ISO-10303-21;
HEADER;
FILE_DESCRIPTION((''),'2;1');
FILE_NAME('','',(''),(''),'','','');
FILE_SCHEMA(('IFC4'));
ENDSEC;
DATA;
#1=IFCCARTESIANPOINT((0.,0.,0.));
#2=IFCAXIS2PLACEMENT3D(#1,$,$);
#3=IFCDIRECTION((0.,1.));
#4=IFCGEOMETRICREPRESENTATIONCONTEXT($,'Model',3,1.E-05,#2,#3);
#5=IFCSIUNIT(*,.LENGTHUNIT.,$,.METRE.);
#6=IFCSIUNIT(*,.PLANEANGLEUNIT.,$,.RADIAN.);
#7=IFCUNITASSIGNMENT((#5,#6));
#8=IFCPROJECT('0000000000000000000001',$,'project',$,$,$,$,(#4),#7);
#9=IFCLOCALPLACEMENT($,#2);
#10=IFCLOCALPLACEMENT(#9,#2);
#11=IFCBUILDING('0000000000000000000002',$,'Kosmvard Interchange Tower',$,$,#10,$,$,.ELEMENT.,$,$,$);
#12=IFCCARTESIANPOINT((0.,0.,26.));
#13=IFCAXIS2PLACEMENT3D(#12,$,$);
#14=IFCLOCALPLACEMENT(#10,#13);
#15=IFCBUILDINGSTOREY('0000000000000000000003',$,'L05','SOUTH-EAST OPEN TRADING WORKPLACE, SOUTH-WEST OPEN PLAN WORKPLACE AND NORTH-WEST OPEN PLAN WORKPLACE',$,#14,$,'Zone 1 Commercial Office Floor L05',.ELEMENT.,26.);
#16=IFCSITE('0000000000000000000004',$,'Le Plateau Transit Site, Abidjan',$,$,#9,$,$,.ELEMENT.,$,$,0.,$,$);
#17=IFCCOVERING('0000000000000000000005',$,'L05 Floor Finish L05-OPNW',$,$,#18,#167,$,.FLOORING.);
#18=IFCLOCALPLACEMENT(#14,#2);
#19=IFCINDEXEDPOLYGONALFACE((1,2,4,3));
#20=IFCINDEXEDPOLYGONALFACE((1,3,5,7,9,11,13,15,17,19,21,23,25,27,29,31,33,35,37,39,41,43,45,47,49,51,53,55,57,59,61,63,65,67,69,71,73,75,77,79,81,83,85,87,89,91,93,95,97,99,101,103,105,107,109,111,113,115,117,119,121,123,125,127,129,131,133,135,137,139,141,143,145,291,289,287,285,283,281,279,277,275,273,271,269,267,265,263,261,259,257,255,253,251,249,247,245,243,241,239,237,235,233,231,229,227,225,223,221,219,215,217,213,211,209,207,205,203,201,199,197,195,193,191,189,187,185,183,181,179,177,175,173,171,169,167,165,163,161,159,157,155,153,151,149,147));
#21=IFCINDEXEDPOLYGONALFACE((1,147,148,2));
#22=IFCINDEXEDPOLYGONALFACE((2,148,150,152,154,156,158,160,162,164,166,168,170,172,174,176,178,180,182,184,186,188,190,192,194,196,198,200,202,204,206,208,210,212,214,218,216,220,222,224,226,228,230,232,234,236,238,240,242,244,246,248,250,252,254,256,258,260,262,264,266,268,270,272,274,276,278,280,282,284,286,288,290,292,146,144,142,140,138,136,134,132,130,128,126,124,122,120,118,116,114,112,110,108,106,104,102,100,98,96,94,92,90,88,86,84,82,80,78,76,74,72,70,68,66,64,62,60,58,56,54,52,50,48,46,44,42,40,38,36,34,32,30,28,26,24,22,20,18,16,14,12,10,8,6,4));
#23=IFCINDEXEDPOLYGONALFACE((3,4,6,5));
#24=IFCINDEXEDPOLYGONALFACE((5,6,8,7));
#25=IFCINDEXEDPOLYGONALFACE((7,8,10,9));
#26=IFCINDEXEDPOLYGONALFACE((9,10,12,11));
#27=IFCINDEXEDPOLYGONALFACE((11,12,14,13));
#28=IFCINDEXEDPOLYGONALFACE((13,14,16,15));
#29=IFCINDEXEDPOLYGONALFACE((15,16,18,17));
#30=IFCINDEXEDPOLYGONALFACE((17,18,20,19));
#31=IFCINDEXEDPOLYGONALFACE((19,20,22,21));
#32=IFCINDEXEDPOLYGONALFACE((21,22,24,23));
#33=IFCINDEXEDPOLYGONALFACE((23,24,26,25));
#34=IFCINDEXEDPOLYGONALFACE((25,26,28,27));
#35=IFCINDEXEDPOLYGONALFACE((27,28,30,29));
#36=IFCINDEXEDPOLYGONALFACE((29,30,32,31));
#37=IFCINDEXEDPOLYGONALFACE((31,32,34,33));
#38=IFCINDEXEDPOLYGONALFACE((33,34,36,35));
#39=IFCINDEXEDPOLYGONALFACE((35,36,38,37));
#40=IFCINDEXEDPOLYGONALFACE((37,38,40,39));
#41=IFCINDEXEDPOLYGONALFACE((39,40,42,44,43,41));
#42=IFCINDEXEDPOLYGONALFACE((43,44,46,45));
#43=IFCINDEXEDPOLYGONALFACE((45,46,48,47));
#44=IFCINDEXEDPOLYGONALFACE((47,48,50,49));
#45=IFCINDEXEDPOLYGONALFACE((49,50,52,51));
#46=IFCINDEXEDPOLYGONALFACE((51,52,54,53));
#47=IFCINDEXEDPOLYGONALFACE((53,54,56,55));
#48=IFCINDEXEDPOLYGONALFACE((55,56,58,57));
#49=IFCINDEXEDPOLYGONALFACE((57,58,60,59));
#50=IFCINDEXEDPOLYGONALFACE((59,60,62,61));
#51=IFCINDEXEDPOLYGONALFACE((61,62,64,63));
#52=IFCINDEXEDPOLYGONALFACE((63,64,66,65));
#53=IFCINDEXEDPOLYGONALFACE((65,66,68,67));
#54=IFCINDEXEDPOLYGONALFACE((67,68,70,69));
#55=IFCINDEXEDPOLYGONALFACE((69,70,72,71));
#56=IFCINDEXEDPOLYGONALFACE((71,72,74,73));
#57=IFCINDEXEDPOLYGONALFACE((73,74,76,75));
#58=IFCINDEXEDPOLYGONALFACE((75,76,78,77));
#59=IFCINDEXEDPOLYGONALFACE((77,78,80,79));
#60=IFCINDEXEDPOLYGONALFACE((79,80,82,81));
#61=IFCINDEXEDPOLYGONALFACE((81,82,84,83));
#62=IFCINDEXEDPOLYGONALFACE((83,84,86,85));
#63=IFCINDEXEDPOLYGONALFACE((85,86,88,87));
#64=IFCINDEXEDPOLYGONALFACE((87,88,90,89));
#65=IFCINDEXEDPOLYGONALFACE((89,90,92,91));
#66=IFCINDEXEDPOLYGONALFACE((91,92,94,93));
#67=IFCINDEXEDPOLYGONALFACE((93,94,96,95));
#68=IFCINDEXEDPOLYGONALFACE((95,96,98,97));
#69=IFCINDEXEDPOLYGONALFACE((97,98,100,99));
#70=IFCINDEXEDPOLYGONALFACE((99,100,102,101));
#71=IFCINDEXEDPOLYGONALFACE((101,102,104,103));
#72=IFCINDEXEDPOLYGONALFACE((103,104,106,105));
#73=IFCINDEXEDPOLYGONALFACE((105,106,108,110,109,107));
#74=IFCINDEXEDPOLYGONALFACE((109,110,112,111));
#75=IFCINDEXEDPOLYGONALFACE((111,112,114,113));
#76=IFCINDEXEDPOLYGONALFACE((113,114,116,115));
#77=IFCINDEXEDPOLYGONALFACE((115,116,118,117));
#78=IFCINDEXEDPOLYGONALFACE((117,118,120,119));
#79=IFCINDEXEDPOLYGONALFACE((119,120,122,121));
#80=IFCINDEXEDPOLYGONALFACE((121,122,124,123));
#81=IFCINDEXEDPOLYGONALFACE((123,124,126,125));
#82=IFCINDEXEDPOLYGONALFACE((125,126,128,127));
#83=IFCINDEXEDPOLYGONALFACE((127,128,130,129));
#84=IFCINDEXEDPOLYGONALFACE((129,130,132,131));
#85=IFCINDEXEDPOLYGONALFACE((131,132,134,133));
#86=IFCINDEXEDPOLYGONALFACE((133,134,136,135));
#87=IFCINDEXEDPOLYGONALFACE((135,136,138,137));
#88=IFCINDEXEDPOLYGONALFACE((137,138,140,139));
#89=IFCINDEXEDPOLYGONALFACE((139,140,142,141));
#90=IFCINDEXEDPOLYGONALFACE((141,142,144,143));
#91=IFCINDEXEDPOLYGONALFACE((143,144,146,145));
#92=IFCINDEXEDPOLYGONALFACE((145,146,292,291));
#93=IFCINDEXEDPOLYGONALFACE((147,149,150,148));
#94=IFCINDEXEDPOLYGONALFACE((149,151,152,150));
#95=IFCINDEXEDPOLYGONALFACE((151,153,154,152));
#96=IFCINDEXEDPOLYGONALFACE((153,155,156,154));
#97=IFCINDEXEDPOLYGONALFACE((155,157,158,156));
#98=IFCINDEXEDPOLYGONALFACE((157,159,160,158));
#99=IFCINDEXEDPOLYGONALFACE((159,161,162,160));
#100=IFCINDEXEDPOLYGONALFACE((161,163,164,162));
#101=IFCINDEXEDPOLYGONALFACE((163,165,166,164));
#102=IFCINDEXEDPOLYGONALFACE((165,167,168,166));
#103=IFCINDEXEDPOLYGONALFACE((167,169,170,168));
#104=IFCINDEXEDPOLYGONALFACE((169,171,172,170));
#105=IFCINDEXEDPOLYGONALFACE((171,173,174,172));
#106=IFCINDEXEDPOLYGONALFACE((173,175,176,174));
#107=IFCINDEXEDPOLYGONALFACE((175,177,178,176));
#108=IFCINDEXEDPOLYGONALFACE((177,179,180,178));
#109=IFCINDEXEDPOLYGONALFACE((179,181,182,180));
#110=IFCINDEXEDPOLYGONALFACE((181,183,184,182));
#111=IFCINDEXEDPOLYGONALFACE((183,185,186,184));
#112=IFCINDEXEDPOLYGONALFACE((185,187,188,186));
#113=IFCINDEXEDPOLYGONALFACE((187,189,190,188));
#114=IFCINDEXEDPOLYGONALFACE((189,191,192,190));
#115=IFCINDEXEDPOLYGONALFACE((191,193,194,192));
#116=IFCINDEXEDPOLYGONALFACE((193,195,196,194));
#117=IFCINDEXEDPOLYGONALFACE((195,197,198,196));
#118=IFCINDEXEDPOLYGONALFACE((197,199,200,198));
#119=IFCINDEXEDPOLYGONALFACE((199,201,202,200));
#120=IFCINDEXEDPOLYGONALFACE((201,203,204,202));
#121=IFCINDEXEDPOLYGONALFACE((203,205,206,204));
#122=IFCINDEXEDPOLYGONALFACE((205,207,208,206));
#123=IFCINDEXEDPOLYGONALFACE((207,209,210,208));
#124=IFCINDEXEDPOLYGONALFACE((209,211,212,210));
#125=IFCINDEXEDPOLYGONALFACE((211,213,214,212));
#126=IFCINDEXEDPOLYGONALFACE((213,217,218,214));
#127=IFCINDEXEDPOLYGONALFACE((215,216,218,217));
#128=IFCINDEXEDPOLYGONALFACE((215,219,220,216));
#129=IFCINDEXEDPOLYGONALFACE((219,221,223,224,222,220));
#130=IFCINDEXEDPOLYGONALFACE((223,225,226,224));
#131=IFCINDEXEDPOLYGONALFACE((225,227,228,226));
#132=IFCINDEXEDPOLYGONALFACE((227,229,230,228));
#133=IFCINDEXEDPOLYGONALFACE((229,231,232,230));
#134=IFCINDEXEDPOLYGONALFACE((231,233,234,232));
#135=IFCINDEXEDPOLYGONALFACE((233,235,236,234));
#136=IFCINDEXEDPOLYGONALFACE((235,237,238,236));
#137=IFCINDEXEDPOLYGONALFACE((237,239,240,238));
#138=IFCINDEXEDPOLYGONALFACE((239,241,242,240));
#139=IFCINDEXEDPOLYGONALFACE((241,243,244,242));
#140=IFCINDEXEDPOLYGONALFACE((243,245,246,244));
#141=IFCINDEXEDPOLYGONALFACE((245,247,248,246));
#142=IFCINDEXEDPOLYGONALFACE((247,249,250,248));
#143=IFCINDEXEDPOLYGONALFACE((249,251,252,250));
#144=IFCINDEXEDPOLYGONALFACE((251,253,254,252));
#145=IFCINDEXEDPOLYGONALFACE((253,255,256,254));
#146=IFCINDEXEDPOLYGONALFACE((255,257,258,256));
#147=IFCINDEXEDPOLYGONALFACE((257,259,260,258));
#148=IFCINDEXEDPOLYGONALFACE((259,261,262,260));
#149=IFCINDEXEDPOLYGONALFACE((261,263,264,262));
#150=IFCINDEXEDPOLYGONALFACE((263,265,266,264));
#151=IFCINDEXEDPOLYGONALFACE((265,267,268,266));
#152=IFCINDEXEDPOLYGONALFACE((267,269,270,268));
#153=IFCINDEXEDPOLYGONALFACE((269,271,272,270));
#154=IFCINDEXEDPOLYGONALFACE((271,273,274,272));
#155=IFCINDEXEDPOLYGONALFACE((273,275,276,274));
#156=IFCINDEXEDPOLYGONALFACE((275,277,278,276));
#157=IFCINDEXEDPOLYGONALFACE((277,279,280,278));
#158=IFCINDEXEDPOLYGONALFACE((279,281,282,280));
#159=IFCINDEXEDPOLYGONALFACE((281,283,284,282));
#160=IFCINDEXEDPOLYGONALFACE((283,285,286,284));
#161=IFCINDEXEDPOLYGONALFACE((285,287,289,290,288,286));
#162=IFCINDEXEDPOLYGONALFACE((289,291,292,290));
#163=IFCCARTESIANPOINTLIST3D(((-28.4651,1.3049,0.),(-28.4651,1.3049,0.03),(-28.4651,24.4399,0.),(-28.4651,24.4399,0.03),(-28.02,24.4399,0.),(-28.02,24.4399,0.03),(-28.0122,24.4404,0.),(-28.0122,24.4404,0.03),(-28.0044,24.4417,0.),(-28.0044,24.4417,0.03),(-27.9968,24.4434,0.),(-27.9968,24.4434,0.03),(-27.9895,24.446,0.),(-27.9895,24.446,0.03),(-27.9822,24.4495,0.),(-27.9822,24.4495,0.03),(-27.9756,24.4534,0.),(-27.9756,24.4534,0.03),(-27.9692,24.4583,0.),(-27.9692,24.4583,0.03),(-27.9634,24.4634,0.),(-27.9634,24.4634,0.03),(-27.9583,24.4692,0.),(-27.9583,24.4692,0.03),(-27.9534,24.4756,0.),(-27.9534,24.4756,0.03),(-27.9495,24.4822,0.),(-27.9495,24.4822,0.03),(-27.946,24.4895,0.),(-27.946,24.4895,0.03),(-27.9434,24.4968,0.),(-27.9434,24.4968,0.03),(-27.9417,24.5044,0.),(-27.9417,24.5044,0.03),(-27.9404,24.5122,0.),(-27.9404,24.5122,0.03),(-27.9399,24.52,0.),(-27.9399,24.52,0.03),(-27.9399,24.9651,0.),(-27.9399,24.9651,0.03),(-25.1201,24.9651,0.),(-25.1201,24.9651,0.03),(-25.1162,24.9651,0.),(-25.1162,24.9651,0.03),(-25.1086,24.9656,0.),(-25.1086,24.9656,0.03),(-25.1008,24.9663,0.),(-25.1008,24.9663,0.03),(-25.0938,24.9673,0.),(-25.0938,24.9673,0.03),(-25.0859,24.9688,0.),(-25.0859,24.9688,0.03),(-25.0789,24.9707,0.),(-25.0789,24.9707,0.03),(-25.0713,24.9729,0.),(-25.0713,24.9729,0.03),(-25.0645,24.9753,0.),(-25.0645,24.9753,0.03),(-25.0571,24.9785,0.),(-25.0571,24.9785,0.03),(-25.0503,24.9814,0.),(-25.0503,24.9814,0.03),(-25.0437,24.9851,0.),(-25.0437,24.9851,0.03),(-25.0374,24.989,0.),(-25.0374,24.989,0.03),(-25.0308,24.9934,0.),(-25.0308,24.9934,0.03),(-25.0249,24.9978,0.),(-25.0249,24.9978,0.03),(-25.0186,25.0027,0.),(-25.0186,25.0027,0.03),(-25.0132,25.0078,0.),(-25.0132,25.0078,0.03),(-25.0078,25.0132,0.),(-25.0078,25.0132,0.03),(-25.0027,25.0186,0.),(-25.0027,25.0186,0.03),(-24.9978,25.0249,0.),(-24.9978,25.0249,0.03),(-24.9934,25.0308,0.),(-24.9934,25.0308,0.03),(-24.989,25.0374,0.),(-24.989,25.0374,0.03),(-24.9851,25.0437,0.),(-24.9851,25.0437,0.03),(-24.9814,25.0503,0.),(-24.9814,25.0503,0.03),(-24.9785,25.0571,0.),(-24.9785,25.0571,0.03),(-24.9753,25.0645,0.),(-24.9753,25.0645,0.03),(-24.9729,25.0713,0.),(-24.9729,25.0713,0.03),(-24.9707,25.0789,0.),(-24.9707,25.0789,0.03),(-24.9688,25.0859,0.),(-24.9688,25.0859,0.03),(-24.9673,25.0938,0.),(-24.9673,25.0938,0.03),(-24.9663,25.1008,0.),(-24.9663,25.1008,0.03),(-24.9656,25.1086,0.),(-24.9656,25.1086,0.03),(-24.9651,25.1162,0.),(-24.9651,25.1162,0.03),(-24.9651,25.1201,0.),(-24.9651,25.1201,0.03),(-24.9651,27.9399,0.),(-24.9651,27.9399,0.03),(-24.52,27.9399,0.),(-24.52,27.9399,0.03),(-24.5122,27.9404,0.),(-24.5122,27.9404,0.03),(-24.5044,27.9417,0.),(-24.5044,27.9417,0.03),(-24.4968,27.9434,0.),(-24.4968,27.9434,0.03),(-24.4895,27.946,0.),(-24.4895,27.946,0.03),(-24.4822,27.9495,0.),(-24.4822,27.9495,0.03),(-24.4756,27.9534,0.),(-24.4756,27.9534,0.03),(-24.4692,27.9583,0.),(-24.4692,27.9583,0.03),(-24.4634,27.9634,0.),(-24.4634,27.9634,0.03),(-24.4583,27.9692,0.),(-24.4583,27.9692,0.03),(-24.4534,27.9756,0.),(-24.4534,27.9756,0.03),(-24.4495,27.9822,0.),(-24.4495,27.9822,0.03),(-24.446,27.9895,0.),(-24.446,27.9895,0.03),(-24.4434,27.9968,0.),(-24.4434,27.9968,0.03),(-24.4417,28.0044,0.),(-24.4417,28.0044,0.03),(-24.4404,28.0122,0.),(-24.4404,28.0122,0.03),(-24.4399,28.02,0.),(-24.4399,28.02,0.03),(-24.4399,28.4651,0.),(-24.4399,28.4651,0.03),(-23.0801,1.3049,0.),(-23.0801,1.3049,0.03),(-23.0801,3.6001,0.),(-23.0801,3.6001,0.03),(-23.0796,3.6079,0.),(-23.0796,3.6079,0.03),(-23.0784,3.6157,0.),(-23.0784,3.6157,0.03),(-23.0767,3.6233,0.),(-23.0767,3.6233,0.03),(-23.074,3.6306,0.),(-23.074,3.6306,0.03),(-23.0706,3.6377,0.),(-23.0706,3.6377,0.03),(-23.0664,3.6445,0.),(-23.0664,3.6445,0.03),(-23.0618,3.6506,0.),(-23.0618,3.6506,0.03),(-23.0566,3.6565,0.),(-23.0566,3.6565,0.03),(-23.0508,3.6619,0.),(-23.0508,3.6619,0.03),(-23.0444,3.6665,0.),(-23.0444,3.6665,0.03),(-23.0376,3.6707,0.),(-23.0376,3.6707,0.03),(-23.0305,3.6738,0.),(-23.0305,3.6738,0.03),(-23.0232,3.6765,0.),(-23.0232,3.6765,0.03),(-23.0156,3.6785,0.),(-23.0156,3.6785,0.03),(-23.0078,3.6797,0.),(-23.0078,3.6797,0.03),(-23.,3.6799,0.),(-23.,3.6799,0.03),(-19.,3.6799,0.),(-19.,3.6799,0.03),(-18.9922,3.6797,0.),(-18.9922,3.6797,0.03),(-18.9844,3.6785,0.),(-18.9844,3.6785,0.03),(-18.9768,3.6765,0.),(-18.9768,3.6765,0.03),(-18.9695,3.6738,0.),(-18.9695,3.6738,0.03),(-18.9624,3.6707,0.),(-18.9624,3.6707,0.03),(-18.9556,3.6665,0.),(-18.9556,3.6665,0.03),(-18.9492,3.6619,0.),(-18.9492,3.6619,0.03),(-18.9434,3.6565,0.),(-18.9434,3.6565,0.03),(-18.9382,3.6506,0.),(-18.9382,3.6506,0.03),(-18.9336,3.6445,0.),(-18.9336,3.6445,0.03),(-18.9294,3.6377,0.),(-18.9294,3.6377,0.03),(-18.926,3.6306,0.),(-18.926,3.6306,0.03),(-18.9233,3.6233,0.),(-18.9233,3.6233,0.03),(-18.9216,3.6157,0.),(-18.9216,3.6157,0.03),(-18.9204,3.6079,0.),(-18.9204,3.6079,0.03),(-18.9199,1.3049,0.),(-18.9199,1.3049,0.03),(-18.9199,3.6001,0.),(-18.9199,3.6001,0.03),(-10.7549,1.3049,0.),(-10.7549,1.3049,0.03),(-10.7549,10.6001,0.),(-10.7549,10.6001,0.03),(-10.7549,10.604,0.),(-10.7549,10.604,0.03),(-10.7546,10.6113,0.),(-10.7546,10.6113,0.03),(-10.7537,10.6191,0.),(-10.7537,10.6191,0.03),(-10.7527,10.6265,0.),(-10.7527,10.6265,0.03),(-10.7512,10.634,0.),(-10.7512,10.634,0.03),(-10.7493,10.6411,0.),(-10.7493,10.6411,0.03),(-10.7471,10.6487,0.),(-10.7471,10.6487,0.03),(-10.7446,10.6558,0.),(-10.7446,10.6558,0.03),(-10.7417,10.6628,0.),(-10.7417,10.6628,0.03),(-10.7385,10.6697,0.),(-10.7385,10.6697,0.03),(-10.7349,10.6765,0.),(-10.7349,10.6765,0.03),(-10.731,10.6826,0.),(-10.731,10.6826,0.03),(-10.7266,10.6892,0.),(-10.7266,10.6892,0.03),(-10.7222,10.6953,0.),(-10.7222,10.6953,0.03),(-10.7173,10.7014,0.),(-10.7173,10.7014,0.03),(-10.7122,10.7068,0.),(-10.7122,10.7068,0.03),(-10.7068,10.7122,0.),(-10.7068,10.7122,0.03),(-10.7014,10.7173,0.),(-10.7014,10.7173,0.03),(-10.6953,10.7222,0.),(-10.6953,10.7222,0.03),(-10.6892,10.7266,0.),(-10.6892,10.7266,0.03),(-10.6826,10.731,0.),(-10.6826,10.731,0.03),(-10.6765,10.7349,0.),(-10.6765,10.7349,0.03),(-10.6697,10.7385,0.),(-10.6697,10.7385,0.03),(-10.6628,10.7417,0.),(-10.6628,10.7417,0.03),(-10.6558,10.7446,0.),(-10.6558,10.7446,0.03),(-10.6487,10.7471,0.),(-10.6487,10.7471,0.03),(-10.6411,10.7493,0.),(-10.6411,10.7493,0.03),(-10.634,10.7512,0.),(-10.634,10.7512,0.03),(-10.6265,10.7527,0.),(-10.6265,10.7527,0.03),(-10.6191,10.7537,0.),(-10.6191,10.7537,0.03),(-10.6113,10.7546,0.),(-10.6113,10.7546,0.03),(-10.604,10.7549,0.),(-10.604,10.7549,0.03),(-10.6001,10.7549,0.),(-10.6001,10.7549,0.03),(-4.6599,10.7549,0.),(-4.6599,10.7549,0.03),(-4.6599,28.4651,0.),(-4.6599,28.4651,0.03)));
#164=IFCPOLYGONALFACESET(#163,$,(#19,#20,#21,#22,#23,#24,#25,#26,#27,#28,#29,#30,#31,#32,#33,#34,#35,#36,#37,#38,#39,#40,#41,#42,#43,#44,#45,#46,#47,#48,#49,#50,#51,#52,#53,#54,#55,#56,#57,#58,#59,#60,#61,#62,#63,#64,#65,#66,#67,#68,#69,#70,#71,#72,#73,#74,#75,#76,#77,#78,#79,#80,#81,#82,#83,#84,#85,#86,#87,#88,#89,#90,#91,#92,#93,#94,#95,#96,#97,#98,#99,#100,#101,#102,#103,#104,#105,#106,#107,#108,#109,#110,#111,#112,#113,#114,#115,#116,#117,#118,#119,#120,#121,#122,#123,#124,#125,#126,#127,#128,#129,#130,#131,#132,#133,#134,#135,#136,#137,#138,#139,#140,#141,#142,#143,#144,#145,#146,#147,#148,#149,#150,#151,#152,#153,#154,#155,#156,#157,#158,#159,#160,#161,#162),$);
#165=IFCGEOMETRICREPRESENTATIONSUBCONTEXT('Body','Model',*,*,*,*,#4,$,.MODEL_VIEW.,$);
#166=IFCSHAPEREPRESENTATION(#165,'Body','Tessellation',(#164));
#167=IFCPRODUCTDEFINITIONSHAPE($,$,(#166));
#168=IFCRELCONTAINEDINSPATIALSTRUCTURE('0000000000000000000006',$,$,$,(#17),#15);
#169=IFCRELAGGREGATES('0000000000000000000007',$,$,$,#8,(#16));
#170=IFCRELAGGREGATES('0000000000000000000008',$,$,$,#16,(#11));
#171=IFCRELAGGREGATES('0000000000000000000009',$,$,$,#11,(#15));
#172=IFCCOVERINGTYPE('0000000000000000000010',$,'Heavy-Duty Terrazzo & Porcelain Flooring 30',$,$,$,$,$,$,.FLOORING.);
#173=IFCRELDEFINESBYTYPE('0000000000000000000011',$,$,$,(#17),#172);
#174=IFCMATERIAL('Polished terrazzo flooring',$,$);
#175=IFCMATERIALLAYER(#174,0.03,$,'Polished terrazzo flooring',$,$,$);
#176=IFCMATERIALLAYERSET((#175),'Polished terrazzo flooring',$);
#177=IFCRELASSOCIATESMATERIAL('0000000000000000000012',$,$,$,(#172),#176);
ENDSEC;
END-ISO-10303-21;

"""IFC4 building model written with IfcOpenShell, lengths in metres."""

from ifc_helpers import new_model, si_unit, direction, frame, origin, place, context, subcontext, project, spatial, polyline, outline, extrude, material, layer, layer_set, type_object, element, save


model = new_model("IFC4")

# Units and contexts
model_context = context("Model", 3, precision=1e-05, world=origin(), true_north=direction((0.0, 1.0)))
body_context = subcontext(model_context, "Body", "Model", "MODEL_VIEW")
ifc_project = project(units=[si_unit("LENGTHUNIT", "METRE"), si_unit("PLANEANGLEUNIT", "RADIAN")], contexts=[model_context])

# Site, building, storey
site_placement = place(None, origin())
site = spatial("IfcSite", under=ifc_project, at=site_placement, Name="Le Plateau Transit Site, Abidjan", CompositionType="ELEMENT", RefElevation=0.0)
building_placement = place(site_placement, origin())
building = spatial("IfcBuilding", under=site, at=building_placement, Name="Kosmvard Interchange Tower", CompositionType="ELEMENT")
storey_placement = place(building_placement, frame((0.0, 0.0, 26.0)))
storey = spatial("IfcBuildingStorey", under=building, at=storey_placement, Name="L05", Description="SOUTH-EAST OPEN TRADING WORKPLACE, SOUTH-WEST OPEN PLAN WORKPLACE AND NORTH-WEST OPEN PLAN WORKPLACE", LongName="Zone 1 Commercial Office Floor L05", CompositionType="ELEMENT", Elevation=26.0)

# Covering
ifc_material_1 = material(Name="Polished terrazzo flooring")
ifc_layer_1 = layer(ifc_material_1, 0.03, Name="Polished terrazzo flooring")
ifc_layer_set_1 = layer_set([ifc_layer_1], Name="Polished terrazzo flooring")
covering_type_1 = type_object("IfcCoveringType", Name="Heavy-Duty Terrazzo & Porcelain Flooring 30", PredefinedType="FLOORING", material=ifc_layer_set_1)
covering_1_placement = place(storey_placement, origin())
element("IfcCovering", 1, at=covering_1_placement, inside=storey, type_object=covering_type_1, Name="L05 Floor Finish L05-OPNW", PredefinedType="FLOORING", context=body_context, shape_type="SweptSolid", body=[
    extrude(outline(polyline([(-24.4399, 28.4651), (-24.4399, 28.02), (-24.4404, 28.0122), (-24.4417, 28.0044), (-24.4434, 27.9968), (-24.446, 27.9895), (-24.4495, 27.9822), (-24.4534, 27.9756), (-24.4583, 27.9692), (-24.4634, 27.9634), (-24.4692, 27.9583), (-24.4756, 27.9534), (-24.4822, 27.9495), (-24.4895, 27.946), (-24.4968, 27.9434), (-24.5044, 27.9417), (-24.5122, 27.9404), (-24.52, 27.9399), (-24.9651, 27.9399), (-24.9651, 25.1201), (-24.9651, 25.1162), (-24.9656, 25.1086), (-24.9663, 25.1008), (-24.9673, 25.0938), (-24.9688, 25.0859), (-24.9707, 25.0789), (-24.9729, 25.0713), (-24.9753, 25.0645), (-24.9785, 25.0571), (-24.9814, 25.0503), (-24.9851, 25.0437), (-24.989, 25.0374), (-24.9934, 25.0308), (-24.9978, 25.0249), (-25.0027, 25.0186), (-25.0078, 25.0132), (-25.0132, 25.0078), (-25.0186, 25.0027), (-25.0249, 24.9978), (-25.0308, 24.9934), (-25.0374, 24.989), (-25.0437, 24.9851), (-25.0503, 24.9814), (-25.0571, 24.9785), (-25.0645, 24.9753), (-25.0713, 24.9729), (-25.0789, 24.9707), (-25.0859, 24.9688), (-25.0938, 24.9673), (-25.1008, 24.9663), (-25.1086, 24.9656), (-25.1162, 24.9651), (-25.1201, 24.9651), (-27.9399, 24.9651), (-27.9399, 24.52), (-27.9404, 24.5122), (-27.9417, 24.5044), (-27.9434, 24.4968), (-27.946, 24.4895), (-27.9495, 24.4822), (-27.9534, 24.4756), (-27.9583, 24.4692), (-27.9634, 24.4634), (-27.9692, 24.4583), (-27.9756, 24.4534), (-27.9822, 24.4495), (-27.9895, 24.446), (-27.9968, 24.4434), (-28.0044, 24.4417), (-28.0122, 24.4404), (-28.02, 24.4399), (-28.4651, 24.4399), (-28.4651, 1.3049), (-23.0801, 1.3049), (-23.0801, 3.6001), (-23.0796, 3.6079), (-23.0784, 3.6157), (-23.0767, 3.6233), (-23.074, 3.6306), (-23.0706, 3.6377), (-23.0664, 3.6445), (-23.0618, 3.6506), (-23.0566, 3.6565), (-23.0508, 3.6619), (-23.0444, 3.6665), (-23.0376, 3.6707), (-23.0305, 3.6738), (-23.0232, 3.6765), (-23.0156, 3.6785), (-23.0078, 3.6797), (-23.0, 3.6799), (-19.0, 3.6799), (-18.9922, 3.6797), (-18.9844, 3.6785), (-18.9768, 3.6765), (-18.9695, 3.6738), (-18.9624, 3.6707), (-18.9556, 3.6665), (-18.9492, 3.6619), (-18.9434, 3.6565), (-18.9382, 3.6506), (-18.9336, 3.6445), (-18.9294, 3.6377), (-18.926, 3.6306), (-18.9233, 3.6233), (-18.9216, 3.6157), (-18.9204, 3.6079), (-18.9199, 3.6001), (-18.9199, 1.3049), (-10.7549, 1.3049), (-10.7549, 10.6001), (-10.7549, 10.604), (-10.7546, 10.6113), (-10.7537, 10.6191), (-10.7527, 10.6265), (-10.7512, 10.634), (-10.7493, 10.6411), (-10.7471, 10.6487), (-10.7446, 10.6558), (-10.7417, 10.6628), (-10.7385, 10.6697), (-10.7349, 10.6765), (-10.731, 10.6826), (-10.7266, 10.6892), (-10.7222, 10.6953), (-10.7173, 10.7014), (-10.7122, 10.7068), (-10.7068, 10.7122), (-10.7014, 10.7173), (-10.6953, 10.7222), (-10.6892, 10.7266), (-10.6826, 10.731), (-10.6765, 10.7349), (-10.6697, 10.7385), (-10.6628, 10.7417), (-10.6558, 10.7446), (-10.6487, 10.7471), (-10.6411, 10.7493), (-10.634, 10.7512), (-10.6265, 10.7527), (-10.6191, 10.7537), (-10.6113, 10.7546), (-10.604, 10.7549), (-10.6001, 10.7549), (-4.6599, 10.7549), (-4.6599, 28.4651), (-24.4399, 28.4651)])), origin(), (0.0, 0.0, 1.0), 0.03),
])

save(model, "model.ifc")
